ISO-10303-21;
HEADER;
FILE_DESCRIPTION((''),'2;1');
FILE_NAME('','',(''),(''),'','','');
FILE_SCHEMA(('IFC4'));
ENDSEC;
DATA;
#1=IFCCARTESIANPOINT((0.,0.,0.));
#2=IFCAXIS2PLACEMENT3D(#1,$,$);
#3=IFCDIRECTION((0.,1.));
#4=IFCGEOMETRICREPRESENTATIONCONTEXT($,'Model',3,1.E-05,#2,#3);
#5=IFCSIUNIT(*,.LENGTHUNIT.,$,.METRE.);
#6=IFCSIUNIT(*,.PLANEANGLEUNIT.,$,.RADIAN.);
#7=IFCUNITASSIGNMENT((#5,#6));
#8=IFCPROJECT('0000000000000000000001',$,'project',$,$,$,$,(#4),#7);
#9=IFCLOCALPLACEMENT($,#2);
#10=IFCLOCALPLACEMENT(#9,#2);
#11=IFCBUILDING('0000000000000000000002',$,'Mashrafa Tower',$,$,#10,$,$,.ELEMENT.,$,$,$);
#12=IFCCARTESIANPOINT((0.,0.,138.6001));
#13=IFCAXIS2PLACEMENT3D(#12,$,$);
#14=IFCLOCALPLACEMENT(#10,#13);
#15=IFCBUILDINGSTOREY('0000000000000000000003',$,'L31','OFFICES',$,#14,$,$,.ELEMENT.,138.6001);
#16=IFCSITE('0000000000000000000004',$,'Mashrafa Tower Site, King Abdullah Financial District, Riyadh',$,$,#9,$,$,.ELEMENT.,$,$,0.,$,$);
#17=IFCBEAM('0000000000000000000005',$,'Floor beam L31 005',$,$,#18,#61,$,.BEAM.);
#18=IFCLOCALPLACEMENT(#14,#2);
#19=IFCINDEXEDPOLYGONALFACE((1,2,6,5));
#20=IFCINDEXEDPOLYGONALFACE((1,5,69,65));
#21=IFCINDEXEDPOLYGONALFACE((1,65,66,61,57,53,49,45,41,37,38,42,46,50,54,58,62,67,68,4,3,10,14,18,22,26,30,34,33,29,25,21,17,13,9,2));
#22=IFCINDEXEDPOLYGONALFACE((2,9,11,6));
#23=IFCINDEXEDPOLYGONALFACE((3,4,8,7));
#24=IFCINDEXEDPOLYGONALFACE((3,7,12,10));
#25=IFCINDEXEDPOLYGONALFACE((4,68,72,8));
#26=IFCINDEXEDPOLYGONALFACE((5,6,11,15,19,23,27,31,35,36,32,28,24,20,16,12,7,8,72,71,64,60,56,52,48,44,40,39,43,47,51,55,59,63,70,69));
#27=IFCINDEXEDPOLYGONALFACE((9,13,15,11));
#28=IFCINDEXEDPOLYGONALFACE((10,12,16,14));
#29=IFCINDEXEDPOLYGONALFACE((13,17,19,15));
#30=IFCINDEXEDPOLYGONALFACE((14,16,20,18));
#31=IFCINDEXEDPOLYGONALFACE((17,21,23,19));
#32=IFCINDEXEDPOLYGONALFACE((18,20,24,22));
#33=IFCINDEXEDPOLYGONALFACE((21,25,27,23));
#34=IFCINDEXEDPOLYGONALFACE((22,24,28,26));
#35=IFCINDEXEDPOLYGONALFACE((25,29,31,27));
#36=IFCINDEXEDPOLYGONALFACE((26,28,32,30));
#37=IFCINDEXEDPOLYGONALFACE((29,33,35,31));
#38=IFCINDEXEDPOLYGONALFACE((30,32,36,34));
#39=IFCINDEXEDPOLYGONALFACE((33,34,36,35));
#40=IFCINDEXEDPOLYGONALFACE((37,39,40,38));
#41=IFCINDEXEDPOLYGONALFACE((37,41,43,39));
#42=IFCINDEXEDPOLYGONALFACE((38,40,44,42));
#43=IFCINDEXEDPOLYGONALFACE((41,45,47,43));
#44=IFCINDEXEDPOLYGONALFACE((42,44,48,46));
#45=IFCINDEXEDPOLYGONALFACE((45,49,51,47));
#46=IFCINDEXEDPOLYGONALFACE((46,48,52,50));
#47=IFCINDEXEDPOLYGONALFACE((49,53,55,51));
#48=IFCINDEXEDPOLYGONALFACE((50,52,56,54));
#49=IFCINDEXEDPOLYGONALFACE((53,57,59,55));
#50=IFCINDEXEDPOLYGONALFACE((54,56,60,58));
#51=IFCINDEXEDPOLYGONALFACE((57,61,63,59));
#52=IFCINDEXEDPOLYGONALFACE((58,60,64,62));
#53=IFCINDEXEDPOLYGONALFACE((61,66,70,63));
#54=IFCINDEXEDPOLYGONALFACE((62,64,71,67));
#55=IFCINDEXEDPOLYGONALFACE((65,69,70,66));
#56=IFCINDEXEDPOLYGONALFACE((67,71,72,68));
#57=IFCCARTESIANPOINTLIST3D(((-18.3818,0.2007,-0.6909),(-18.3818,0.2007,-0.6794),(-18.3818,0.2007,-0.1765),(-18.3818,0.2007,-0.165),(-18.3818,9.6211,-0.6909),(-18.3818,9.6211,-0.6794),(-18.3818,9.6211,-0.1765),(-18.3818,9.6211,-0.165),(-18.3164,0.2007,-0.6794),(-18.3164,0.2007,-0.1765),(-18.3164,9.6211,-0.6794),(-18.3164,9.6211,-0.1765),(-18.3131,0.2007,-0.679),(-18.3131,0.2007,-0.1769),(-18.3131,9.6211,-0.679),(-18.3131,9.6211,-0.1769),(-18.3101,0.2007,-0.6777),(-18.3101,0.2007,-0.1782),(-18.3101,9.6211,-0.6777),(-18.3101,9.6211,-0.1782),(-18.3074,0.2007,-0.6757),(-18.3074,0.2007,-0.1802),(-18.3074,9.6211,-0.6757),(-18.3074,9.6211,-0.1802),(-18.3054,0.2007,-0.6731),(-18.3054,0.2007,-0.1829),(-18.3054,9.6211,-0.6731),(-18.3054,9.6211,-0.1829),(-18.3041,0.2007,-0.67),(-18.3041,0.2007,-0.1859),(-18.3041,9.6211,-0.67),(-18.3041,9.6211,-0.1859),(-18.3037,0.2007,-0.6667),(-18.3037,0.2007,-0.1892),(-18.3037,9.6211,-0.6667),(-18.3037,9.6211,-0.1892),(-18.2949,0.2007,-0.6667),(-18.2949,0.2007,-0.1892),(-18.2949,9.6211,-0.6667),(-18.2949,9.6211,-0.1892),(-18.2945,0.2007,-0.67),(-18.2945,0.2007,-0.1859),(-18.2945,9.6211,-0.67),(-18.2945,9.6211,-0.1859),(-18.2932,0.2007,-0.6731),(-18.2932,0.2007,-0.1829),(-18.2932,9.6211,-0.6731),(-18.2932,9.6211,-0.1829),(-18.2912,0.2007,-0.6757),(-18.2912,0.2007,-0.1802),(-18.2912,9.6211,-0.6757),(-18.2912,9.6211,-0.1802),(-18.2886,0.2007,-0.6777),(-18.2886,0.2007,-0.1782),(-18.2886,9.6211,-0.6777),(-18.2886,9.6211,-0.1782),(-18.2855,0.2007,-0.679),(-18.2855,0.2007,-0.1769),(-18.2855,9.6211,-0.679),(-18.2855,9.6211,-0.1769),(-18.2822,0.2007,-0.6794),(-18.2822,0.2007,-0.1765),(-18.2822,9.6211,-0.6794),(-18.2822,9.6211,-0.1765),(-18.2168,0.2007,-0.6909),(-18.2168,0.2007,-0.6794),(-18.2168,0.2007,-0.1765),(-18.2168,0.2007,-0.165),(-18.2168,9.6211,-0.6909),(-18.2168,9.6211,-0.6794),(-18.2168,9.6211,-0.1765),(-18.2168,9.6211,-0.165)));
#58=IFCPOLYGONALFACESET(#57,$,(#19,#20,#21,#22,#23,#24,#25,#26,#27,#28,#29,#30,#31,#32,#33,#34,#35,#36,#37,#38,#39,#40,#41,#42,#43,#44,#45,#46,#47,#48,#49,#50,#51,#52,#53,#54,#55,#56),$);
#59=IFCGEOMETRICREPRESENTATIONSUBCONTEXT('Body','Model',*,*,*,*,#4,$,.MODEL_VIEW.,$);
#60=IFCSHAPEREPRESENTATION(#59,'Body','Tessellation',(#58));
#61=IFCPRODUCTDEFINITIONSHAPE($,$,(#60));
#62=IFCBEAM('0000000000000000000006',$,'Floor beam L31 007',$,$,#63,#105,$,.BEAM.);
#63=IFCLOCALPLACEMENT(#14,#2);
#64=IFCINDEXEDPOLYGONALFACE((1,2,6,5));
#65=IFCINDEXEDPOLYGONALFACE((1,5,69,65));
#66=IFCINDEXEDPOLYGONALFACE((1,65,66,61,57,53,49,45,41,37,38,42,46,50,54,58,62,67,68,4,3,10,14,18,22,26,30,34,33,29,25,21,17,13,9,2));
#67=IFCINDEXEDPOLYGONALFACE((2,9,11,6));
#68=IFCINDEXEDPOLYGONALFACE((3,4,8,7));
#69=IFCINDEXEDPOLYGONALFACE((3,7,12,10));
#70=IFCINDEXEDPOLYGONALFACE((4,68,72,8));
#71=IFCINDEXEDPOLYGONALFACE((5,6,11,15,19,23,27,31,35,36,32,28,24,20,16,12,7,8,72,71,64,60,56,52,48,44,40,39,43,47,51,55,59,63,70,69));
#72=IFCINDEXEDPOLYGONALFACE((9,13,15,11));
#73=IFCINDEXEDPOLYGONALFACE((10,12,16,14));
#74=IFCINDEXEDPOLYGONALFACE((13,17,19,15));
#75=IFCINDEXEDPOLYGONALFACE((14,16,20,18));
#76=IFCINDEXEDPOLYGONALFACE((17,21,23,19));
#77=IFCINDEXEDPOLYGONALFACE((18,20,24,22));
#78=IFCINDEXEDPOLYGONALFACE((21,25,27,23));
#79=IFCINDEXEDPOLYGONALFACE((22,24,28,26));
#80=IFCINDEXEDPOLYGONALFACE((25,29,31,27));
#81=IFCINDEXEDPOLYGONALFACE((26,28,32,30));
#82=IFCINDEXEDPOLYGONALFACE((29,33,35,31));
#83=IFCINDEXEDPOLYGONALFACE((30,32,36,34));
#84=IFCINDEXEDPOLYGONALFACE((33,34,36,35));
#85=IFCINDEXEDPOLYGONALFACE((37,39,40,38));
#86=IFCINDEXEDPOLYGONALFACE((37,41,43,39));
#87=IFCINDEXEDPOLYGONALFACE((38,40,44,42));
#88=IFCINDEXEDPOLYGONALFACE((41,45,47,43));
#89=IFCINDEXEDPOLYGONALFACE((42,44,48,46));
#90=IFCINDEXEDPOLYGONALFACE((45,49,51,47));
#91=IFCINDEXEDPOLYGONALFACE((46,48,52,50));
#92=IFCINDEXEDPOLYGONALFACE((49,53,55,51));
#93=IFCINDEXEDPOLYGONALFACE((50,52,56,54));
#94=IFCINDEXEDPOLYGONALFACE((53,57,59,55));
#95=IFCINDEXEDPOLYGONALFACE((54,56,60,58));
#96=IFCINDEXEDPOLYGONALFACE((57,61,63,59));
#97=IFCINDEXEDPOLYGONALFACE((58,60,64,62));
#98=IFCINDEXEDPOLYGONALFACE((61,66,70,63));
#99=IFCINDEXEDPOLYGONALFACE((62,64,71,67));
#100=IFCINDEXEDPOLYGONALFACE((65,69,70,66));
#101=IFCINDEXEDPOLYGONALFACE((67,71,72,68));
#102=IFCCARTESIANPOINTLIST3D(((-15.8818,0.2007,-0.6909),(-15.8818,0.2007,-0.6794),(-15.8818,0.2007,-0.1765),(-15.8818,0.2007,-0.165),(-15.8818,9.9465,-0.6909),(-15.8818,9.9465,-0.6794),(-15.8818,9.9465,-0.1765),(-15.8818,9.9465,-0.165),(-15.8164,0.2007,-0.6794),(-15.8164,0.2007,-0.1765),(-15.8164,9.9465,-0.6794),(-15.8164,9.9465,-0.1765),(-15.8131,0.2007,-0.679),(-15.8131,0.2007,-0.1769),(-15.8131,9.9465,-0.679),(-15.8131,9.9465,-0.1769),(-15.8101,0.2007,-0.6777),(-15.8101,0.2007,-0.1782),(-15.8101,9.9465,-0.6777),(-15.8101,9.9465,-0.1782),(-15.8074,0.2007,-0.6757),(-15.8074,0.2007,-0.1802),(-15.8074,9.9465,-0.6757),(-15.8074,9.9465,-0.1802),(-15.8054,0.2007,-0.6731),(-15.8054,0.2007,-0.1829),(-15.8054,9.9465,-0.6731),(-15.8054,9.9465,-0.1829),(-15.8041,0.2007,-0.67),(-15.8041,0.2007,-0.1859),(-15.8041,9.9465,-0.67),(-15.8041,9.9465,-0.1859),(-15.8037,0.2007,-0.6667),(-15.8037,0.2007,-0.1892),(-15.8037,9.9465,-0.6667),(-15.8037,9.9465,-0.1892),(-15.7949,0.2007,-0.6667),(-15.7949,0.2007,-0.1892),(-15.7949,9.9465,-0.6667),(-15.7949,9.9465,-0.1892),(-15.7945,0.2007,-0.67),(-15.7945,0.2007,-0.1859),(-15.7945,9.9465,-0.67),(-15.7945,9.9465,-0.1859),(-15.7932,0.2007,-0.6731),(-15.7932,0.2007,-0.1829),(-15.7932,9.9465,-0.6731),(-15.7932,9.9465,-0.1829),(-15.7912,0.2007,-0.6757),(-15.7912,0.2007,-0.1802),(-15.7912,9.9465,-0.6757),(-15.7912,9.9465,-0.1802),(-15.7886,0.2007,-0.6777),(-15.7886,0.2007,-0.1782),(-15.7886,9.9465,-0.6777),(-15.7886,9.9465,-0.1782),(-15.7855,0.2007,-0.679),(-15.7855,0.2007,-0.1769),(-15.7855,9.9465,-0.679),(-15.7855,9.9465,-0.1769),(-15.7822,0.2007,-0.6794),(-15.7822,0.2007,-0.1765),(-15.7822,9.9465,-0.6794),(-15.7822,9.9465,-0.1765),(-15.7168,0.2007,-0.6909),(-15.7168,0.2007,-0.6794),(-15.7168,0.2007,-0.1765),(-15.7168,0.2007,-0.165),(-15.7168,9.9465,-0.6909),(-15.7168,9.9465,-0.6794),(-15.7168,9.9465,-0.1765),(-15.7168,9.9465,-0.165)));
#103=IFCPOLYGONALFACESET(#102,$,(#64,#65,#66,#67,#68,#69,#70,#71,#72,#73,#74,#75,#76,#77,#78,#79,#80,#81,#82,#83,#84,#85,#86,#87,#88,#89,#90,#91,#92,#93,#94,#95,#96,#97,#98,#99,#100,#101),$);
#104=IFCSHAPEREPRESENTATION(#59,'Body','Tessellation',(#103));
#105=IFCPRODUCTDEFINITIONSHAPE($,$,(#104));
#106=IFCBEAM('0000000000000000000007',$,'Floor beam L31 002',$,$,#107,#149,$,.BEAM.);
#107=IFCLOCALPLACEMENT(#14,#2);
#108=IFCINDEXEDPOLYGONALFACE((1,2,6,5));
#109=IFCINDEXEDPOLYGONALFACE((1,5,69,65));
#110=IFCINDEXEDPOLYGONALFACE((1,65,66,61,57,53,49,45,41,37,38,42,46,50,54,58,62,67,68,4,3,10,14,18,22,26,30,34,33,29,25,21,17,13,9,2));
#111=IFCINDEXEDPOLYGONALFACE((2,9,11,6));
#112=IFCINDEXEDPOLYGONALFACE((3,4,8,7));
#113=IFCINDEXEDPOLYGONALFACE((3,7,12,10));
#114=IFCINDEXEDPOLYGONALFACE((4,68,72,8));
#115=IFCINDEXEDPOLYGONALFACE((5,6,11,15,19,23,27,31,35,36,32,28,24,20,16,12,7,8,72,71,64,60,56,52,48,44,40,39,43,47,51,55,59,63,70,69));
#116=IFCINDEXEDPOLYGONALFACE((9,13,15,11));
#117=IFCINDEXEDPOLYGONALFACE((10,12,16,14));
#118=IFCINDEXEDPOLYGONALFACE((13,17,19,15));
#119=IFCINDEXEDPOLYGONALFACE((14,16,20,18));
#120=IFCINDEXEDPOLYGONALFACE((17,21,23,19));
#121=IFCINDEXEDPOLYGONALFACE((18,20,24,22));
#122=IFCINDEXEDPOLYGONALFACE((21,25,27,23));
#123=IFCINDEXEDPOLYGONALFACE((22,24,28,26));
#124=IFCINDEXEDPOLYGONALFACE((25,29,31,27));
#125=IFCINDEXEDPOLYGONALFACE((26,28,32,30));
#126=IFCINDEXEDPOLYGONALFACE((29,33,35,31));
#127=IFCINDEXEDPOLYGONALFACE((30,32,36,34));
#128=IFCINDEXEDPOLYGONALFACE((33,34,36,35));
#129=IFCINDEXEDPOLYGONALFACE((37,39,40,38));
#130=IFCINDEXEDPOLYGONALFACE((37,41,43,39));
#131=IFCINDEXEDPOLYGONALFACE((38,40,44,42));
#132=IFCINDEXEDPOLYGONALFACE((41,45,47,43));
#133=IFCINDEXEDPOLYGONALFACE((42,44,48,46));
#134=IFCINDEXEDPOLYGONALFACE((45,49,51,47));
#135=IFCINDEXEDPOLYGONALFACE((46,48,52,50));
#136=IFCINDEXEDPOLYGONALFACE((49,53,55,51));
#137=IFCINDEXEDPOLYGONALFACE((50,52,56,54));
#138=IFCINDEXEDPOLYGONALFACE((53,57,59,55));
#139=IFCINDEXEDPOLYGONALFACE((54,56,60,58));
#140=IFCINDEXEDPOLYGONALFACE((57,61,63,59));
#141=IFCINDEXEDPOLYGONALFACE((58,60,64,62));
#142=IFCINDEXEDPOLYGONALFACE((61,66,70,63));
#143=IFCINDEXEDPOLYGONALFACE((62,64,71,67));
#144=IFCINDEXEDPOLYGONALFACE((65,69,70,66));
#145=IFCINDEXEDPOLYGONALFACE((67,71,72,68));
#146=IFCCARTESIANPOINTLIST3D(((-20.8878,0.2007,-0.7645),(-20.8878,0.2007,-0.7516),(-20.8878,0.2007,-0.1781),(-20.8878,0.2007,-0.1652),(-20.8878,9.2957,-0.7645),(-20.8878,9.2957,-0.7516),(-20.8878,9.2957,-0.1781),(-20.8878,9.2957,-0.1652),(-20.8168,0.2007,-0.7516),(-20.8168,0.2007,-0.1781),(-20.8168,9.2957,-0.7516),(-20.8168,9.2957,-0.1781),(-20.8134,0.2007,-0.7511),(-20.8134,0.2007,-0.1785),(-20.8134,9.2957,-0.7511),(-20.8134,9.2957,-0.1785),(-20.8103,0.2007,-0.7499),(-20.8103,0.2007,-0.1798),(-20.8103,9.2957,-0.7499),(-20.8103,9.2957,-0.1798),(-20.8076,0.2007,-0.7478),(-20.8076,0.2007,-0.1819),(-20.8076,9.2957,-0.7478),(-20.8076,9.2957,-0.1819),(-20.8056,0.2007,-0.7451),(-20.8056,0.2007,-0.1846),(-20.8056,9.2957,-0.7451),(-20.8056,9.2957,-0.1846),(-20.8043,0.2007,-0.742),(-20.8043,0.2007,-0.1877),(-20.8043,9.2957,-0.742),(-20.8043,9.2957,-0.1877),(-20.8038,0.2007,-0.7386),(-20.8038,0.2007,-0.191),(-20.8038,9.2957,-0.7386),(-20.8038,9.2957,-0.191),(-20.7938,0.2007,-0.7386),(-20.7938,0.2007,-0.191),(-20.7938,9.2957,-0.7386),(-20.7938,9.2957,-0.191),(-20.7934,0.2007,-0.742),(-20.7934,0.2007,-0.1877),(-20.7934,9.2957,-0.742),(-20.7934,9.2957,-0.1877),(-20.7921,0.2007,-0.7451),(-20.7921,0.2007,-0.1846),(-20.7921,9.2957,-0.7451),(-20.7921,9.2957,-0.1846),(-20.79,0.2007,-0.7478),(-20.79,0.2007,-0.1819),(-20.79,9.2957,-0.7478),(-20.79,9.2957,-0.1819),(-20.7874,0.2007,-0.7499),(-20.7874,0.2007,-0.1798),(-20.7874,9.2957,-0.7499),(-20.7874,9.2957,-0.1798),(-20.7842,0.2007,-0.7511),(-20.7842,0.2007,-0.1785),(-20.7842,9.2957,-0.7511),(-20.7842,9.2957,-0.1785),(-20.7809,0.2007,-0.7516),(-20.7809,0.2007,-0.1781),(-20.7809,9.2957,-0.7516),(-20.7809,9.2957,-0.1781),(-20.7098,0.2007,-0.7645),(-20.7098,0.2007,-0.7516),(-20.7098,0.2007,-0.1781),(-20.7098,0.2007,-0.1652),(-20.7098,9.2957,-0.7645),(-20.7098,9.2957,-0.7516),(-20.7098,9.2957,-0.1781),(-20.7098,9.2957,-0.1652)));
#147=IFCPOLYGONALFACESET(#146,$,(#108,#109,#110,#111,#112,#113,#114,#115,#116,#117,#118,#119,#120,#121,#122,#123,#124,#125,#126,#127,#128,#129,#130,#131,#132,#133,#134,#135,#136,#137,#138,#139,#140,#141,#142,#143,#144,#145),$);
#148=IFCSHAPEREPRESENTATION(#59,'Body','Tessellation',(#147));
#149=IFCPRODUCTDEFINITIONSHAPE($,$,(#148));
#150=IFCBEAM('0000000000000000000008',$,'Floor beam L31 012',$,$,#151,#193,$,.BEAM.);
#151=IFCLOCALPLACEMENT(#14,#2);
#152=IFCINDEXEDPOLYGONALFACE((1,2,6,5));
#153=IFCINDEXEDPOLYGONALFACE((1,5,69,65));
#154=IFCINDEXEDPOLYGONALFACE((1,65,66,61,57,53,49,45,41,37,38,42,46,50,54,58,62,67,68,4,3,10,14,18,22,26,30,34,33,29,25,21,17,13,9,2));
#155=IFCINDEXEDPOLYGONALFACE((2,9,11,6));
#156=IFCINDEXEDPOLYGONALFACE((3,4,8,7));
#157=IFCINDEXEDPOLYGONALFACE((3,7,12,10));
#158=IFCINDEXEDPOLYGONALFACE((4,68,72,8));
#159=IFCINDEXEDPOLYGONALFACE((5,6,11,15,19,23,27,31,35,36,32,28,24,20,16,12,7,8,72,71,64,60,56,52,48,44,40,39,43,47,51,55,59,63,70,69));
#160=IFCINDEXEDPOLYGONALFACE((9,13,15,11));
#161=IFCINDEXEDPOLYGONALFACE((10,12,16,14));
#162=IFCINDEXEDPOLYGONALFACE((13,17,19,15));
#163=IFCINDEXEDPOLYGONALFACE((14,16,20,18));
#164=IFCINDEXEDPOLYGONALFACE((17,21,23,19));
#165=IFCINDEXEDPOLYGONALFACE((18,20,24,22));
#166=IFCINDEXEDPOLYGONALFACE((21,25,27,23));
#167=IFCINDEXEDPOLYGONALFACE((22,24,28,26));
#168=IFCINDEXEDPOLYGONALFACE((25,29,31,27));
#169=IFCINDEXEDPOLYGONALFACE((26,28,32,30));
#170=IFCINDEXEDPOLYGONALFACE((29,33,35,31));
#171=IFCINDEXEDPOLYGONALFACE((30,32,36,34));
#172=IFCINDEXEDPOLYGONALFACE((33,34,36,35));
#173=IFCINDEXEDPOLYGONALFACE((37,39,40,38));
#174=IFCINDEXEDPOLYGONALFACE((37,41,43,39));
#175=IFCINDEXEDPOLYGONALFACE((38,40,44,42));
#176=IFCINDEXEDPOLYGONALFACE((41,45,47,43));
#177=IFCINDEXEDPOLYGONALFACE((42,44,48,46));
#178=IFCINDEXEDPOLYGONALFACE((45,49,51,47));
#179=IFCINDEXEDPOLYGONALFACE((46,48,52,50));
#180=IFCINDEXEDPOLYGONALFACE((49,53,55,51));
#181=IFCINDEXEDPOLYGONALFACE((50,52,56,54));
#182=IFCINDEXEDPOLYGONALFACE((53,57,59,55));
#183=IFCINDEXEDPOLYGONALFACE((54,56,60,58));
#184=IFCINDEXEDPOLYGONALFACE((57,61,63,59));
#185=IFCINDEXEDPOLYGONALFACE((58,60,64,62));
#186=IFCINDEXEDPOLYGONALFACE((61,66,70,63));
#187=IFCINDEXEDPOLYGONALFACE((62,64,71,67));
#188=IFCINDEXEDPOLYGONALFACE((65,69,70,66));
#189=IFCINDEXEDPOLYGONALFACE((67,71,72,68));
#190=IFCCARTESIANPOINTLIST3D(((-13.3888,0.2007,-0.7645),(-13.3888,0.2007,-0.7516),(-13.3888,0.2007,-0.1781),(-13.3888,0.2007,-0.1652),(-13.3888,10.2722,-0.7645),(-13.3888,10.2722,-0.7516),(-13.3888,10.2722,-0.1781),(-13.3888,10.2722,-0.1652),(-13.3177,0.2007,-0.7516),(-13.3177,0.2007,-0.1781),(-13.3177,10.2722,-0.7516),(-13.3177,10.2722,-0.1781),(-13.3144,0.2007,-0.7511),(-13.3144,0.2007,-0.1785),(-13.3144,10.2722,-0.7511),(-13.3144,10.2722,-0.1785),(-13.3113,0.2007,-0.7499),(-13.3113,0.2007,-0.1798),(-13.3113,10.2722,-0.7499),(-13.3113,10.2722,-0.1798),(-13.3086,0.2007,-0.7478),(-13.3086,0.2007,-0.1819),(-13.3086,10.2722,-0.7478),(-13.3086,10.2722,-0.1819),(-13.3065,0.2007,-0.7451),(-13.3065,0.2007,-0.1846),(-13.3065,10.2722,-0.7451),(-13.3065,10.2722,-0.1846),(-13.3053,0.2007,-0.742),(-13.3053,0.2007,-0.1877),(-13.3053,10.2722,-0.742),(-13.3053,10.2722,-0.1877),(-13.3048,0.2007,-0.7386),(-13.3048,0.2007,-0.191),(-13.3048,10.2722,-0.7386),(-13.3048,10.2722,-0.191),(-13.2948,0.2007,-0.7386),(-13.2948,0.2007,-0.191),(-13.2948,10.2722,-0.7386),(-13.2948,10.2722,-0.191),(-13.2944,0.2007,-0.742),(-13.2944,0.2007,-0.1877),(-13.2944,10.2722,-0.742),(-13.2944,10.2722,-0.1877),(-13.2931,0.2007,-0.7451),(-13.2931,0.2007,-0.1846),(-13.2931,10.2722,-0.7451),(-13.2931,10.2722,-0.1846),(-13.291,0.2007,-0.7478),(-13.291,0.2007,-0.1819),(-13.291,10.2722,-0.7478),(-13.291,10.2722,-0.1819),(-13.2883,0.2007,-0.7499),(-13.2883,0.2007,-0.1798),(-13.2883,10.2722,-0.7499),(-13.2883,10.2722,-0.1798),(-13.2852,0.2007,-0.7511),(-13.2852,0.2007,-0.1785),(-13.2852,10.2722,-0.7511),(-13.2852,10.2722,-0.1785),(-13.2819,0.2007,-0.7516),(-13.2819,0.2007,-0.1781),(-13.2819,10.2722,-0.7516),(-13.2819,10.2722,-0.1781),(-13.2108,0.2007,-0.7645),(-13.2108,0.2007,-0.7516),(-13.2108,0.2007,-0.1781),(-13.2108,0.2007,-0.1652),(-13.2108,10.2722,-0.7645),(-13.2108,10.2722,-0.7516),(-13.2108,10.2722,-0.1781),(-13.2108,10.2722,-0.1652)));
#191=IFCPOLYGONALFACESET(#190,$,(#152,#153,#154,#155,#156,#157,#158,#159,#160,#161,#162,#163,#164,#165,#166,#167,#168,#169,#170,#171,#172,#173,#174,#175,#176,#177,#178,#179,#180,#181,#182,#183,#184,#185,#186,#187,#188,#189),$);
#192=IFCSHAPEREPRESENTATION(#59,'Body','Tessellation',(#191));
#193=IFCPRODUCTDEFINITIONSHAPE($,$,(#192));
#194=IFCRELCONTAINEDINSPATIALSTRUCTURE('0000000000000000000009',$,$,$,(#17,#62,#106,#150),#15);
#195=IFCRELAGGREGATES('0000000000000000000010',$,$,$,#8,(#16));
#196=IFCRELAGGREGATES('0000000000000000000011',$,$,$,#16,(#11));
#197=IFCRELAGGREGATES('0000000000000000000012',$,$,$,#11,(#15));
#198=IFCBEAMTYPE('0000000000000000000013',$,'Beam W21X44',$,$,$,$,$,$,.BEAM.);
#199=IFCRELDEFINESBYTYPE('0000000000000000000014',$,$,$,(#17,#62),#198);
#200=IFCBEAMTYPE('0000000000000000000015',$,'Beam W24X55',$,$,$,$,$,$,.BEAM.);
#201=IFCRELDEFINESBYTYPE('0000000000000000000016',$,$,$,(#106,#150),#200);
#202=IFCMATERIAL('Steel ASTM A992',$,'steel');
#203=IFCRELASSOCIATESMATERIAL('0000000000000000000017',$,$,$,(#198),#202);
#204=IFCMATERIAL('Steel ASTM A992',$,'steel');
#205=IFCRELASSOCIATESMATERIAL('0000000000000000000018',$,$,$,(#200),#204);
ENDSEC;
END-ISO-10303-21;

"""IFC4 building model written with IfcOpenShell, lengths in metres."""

from ifc_helpers import new_model, si_unit, direction, frame, origin, origin_2d, place, context, subcontext, project, spatial, i_section, extrude, material, material_profile, profile_set, type_object, element, save


model = new_model("IFC4")

# Units and contexts
model_context = context("Model", 3, precision=1e-05, world=origin(), true_north=direction((0.0, 1.0)))
body_context = subcontext(model_context, "Body", "Model", "MODEL_VIEW")
ifc_project = project(units=[si_unit("LENGTHUNIT", "METRE"), si_unit("PLANEANGLEUNIT", "RADIAN")], contexts=[model_context])

# Site, building, storey
site_placement = place(None, origin())
site = spatial("IfcSite", under=ifc_project, at=site_placement, Name="Mashrafa Tower Site, King Abdullah Financial District, Riyadh", CompositionType="ELEMENT", RefElevation=0.0)
building_placement = place(site_placement, origin())
building = spatial("IfcBuilding", under=site, at=building_placement, Name="Mashrafa Tower", CompositionType="ELEMENT")
storey_placement = place(building_placement, frame((0.0, 0.0, 138.6001)))
storey = spatial("IfcBuildingStorey", under=building, at=storey_placement, Name="L31", Description="OFFICES", CompositionType="ELEMENT", Elevation=138.6001)

# Beams
ifc_material_1 = material(Name="Steel ASTM A992", Category="steel")
ifc_material_profile_1 = material_profile(ifc_material_1, i_section(OverallWidth=0.165, OverallDepth=0.5259, WebThickness=0.0088, FlangeThickness=0.0115, FilletRadius=0.0127, at=origin_2d()), Name="W21X44")
ifc_profile_set_1 = profile_set([ifc_material_profile_1], Name="Steel ASTM A992")
beam_type_1 = type_object("IfcBeamType", Name="Beam W21X44", PredefinedType="BEAM", material=ifc_profile_set_1)
beam_1_placement = place(storey_placement, frame((-18.2993, 0.2007, -0.428), z_axis=(0.0, 1.0, 0.0), x_axis=(-1.0, 0.0, 0.0)))
element("IfcBeam", 1, at=beam_1_placement, inside=storey, type_object=beam_type_1, Name="Floor beam L31 005", PredefinedType="BEAM", context=body_context, shape_type="SweptSolid", body=[
    extrude(i_section(OverallWidth=0.165, OverallDepth=0.5259, WebThickness=0.0088, FlangeThickness=0.0115, FilletRadius=0.0127, at=origin_2d()), origin(), (0.0, 0.0, 1.0), 9.4204),
])
beam_2_placement = place(storey_placement, frame((-15.7993, 0.2007, -0.428), z_axis=(0.0, 1.0, 0.0), x_axis=(-1.0, 0.0, 0.0)))
element("IfcBeam", 2, at=beam_2_placement, inside=storey, type_object=beam_type_1, Name="Floor beam L31 007", PredefinedType="BEAM", context=body_context, shape_type="SweptSolid", body=[
    extrude(i_section(OverallWidth=0.165, OverallDepth=0.5259, WebThickness=0.0088, FlangeThickness=0.0115, FilletRadius=0.0127, at=origin_2d()), origin(), (0.0, 0.0, 1.0), 9.7458),
])
ifc_material_2 = material(Name="Steel ASTM A992", Category="steel")
ifc_material_profile_2 = material_profile(ifc_material_2, i_section(OverallWidth=0.178, OverallDepth=0.5994, WebThickness=0.01, FlangeThickness=0.0129, FilletRadius=0.0129, at=origin_2d()), Name="W24X55")
ifc_profile_set_2 = profile_set([ifc_material_profile_2], Name="Steel ASTM A992")
beam_type_2 = type_object("IfcBeamType", Name="Beam W24X55", PredefinedType="BEAM", material=ifc_profile_set_2)
beam_3_placement = place(storey_placement, frame((-20.7988, 0.2007, -0.4648), z_axis=(0.0, 1.0, 0.0), x_axis=(-1.0, 0.0, 0.0)))
element("IfcBeam", 3, at=beam_3_placement, inside=storey, type_object=beam_type_2, Name="Floor beam L31 002", PredefinedType="BEAM", context=body_context, shape_type="SweptSolid", body=[
    extrude(i_section(OverallWidth=0.178, OverallDepth=0.5994, WebThickness=0.01, FlangeThickness=0.0129, FilletRadius=0.0129, at=origin_2d()), origin(), (0.0, 0.0, 1.0), 9.095),
])
beam_4_placement = place(storey_placement, frame((-13.2998, 0.2007, -0.4648), z_axis=(0.0, 1.0, 0.0), x_axis=(-1.0, 0.0, 0.0)))
element("IfcBeam", 4, at=beam_4_placement, inside=storey, type_object=beam_type_2, Name="Floor beam L31 012", PredefinedType="BEAM", context=body_context, shape_type="SweptSolid", body=[
    extrude(i_section(OverallWidth=0.178, OverallDepth=0.5994, WebThickness=0.01, FlangeThickness=0.0129, FilletRadius=0.0129, at=origin_2d()), origin(), (0.0, 0.0, 1.0), 10.0715),
])

save(model, "model.ifc")
